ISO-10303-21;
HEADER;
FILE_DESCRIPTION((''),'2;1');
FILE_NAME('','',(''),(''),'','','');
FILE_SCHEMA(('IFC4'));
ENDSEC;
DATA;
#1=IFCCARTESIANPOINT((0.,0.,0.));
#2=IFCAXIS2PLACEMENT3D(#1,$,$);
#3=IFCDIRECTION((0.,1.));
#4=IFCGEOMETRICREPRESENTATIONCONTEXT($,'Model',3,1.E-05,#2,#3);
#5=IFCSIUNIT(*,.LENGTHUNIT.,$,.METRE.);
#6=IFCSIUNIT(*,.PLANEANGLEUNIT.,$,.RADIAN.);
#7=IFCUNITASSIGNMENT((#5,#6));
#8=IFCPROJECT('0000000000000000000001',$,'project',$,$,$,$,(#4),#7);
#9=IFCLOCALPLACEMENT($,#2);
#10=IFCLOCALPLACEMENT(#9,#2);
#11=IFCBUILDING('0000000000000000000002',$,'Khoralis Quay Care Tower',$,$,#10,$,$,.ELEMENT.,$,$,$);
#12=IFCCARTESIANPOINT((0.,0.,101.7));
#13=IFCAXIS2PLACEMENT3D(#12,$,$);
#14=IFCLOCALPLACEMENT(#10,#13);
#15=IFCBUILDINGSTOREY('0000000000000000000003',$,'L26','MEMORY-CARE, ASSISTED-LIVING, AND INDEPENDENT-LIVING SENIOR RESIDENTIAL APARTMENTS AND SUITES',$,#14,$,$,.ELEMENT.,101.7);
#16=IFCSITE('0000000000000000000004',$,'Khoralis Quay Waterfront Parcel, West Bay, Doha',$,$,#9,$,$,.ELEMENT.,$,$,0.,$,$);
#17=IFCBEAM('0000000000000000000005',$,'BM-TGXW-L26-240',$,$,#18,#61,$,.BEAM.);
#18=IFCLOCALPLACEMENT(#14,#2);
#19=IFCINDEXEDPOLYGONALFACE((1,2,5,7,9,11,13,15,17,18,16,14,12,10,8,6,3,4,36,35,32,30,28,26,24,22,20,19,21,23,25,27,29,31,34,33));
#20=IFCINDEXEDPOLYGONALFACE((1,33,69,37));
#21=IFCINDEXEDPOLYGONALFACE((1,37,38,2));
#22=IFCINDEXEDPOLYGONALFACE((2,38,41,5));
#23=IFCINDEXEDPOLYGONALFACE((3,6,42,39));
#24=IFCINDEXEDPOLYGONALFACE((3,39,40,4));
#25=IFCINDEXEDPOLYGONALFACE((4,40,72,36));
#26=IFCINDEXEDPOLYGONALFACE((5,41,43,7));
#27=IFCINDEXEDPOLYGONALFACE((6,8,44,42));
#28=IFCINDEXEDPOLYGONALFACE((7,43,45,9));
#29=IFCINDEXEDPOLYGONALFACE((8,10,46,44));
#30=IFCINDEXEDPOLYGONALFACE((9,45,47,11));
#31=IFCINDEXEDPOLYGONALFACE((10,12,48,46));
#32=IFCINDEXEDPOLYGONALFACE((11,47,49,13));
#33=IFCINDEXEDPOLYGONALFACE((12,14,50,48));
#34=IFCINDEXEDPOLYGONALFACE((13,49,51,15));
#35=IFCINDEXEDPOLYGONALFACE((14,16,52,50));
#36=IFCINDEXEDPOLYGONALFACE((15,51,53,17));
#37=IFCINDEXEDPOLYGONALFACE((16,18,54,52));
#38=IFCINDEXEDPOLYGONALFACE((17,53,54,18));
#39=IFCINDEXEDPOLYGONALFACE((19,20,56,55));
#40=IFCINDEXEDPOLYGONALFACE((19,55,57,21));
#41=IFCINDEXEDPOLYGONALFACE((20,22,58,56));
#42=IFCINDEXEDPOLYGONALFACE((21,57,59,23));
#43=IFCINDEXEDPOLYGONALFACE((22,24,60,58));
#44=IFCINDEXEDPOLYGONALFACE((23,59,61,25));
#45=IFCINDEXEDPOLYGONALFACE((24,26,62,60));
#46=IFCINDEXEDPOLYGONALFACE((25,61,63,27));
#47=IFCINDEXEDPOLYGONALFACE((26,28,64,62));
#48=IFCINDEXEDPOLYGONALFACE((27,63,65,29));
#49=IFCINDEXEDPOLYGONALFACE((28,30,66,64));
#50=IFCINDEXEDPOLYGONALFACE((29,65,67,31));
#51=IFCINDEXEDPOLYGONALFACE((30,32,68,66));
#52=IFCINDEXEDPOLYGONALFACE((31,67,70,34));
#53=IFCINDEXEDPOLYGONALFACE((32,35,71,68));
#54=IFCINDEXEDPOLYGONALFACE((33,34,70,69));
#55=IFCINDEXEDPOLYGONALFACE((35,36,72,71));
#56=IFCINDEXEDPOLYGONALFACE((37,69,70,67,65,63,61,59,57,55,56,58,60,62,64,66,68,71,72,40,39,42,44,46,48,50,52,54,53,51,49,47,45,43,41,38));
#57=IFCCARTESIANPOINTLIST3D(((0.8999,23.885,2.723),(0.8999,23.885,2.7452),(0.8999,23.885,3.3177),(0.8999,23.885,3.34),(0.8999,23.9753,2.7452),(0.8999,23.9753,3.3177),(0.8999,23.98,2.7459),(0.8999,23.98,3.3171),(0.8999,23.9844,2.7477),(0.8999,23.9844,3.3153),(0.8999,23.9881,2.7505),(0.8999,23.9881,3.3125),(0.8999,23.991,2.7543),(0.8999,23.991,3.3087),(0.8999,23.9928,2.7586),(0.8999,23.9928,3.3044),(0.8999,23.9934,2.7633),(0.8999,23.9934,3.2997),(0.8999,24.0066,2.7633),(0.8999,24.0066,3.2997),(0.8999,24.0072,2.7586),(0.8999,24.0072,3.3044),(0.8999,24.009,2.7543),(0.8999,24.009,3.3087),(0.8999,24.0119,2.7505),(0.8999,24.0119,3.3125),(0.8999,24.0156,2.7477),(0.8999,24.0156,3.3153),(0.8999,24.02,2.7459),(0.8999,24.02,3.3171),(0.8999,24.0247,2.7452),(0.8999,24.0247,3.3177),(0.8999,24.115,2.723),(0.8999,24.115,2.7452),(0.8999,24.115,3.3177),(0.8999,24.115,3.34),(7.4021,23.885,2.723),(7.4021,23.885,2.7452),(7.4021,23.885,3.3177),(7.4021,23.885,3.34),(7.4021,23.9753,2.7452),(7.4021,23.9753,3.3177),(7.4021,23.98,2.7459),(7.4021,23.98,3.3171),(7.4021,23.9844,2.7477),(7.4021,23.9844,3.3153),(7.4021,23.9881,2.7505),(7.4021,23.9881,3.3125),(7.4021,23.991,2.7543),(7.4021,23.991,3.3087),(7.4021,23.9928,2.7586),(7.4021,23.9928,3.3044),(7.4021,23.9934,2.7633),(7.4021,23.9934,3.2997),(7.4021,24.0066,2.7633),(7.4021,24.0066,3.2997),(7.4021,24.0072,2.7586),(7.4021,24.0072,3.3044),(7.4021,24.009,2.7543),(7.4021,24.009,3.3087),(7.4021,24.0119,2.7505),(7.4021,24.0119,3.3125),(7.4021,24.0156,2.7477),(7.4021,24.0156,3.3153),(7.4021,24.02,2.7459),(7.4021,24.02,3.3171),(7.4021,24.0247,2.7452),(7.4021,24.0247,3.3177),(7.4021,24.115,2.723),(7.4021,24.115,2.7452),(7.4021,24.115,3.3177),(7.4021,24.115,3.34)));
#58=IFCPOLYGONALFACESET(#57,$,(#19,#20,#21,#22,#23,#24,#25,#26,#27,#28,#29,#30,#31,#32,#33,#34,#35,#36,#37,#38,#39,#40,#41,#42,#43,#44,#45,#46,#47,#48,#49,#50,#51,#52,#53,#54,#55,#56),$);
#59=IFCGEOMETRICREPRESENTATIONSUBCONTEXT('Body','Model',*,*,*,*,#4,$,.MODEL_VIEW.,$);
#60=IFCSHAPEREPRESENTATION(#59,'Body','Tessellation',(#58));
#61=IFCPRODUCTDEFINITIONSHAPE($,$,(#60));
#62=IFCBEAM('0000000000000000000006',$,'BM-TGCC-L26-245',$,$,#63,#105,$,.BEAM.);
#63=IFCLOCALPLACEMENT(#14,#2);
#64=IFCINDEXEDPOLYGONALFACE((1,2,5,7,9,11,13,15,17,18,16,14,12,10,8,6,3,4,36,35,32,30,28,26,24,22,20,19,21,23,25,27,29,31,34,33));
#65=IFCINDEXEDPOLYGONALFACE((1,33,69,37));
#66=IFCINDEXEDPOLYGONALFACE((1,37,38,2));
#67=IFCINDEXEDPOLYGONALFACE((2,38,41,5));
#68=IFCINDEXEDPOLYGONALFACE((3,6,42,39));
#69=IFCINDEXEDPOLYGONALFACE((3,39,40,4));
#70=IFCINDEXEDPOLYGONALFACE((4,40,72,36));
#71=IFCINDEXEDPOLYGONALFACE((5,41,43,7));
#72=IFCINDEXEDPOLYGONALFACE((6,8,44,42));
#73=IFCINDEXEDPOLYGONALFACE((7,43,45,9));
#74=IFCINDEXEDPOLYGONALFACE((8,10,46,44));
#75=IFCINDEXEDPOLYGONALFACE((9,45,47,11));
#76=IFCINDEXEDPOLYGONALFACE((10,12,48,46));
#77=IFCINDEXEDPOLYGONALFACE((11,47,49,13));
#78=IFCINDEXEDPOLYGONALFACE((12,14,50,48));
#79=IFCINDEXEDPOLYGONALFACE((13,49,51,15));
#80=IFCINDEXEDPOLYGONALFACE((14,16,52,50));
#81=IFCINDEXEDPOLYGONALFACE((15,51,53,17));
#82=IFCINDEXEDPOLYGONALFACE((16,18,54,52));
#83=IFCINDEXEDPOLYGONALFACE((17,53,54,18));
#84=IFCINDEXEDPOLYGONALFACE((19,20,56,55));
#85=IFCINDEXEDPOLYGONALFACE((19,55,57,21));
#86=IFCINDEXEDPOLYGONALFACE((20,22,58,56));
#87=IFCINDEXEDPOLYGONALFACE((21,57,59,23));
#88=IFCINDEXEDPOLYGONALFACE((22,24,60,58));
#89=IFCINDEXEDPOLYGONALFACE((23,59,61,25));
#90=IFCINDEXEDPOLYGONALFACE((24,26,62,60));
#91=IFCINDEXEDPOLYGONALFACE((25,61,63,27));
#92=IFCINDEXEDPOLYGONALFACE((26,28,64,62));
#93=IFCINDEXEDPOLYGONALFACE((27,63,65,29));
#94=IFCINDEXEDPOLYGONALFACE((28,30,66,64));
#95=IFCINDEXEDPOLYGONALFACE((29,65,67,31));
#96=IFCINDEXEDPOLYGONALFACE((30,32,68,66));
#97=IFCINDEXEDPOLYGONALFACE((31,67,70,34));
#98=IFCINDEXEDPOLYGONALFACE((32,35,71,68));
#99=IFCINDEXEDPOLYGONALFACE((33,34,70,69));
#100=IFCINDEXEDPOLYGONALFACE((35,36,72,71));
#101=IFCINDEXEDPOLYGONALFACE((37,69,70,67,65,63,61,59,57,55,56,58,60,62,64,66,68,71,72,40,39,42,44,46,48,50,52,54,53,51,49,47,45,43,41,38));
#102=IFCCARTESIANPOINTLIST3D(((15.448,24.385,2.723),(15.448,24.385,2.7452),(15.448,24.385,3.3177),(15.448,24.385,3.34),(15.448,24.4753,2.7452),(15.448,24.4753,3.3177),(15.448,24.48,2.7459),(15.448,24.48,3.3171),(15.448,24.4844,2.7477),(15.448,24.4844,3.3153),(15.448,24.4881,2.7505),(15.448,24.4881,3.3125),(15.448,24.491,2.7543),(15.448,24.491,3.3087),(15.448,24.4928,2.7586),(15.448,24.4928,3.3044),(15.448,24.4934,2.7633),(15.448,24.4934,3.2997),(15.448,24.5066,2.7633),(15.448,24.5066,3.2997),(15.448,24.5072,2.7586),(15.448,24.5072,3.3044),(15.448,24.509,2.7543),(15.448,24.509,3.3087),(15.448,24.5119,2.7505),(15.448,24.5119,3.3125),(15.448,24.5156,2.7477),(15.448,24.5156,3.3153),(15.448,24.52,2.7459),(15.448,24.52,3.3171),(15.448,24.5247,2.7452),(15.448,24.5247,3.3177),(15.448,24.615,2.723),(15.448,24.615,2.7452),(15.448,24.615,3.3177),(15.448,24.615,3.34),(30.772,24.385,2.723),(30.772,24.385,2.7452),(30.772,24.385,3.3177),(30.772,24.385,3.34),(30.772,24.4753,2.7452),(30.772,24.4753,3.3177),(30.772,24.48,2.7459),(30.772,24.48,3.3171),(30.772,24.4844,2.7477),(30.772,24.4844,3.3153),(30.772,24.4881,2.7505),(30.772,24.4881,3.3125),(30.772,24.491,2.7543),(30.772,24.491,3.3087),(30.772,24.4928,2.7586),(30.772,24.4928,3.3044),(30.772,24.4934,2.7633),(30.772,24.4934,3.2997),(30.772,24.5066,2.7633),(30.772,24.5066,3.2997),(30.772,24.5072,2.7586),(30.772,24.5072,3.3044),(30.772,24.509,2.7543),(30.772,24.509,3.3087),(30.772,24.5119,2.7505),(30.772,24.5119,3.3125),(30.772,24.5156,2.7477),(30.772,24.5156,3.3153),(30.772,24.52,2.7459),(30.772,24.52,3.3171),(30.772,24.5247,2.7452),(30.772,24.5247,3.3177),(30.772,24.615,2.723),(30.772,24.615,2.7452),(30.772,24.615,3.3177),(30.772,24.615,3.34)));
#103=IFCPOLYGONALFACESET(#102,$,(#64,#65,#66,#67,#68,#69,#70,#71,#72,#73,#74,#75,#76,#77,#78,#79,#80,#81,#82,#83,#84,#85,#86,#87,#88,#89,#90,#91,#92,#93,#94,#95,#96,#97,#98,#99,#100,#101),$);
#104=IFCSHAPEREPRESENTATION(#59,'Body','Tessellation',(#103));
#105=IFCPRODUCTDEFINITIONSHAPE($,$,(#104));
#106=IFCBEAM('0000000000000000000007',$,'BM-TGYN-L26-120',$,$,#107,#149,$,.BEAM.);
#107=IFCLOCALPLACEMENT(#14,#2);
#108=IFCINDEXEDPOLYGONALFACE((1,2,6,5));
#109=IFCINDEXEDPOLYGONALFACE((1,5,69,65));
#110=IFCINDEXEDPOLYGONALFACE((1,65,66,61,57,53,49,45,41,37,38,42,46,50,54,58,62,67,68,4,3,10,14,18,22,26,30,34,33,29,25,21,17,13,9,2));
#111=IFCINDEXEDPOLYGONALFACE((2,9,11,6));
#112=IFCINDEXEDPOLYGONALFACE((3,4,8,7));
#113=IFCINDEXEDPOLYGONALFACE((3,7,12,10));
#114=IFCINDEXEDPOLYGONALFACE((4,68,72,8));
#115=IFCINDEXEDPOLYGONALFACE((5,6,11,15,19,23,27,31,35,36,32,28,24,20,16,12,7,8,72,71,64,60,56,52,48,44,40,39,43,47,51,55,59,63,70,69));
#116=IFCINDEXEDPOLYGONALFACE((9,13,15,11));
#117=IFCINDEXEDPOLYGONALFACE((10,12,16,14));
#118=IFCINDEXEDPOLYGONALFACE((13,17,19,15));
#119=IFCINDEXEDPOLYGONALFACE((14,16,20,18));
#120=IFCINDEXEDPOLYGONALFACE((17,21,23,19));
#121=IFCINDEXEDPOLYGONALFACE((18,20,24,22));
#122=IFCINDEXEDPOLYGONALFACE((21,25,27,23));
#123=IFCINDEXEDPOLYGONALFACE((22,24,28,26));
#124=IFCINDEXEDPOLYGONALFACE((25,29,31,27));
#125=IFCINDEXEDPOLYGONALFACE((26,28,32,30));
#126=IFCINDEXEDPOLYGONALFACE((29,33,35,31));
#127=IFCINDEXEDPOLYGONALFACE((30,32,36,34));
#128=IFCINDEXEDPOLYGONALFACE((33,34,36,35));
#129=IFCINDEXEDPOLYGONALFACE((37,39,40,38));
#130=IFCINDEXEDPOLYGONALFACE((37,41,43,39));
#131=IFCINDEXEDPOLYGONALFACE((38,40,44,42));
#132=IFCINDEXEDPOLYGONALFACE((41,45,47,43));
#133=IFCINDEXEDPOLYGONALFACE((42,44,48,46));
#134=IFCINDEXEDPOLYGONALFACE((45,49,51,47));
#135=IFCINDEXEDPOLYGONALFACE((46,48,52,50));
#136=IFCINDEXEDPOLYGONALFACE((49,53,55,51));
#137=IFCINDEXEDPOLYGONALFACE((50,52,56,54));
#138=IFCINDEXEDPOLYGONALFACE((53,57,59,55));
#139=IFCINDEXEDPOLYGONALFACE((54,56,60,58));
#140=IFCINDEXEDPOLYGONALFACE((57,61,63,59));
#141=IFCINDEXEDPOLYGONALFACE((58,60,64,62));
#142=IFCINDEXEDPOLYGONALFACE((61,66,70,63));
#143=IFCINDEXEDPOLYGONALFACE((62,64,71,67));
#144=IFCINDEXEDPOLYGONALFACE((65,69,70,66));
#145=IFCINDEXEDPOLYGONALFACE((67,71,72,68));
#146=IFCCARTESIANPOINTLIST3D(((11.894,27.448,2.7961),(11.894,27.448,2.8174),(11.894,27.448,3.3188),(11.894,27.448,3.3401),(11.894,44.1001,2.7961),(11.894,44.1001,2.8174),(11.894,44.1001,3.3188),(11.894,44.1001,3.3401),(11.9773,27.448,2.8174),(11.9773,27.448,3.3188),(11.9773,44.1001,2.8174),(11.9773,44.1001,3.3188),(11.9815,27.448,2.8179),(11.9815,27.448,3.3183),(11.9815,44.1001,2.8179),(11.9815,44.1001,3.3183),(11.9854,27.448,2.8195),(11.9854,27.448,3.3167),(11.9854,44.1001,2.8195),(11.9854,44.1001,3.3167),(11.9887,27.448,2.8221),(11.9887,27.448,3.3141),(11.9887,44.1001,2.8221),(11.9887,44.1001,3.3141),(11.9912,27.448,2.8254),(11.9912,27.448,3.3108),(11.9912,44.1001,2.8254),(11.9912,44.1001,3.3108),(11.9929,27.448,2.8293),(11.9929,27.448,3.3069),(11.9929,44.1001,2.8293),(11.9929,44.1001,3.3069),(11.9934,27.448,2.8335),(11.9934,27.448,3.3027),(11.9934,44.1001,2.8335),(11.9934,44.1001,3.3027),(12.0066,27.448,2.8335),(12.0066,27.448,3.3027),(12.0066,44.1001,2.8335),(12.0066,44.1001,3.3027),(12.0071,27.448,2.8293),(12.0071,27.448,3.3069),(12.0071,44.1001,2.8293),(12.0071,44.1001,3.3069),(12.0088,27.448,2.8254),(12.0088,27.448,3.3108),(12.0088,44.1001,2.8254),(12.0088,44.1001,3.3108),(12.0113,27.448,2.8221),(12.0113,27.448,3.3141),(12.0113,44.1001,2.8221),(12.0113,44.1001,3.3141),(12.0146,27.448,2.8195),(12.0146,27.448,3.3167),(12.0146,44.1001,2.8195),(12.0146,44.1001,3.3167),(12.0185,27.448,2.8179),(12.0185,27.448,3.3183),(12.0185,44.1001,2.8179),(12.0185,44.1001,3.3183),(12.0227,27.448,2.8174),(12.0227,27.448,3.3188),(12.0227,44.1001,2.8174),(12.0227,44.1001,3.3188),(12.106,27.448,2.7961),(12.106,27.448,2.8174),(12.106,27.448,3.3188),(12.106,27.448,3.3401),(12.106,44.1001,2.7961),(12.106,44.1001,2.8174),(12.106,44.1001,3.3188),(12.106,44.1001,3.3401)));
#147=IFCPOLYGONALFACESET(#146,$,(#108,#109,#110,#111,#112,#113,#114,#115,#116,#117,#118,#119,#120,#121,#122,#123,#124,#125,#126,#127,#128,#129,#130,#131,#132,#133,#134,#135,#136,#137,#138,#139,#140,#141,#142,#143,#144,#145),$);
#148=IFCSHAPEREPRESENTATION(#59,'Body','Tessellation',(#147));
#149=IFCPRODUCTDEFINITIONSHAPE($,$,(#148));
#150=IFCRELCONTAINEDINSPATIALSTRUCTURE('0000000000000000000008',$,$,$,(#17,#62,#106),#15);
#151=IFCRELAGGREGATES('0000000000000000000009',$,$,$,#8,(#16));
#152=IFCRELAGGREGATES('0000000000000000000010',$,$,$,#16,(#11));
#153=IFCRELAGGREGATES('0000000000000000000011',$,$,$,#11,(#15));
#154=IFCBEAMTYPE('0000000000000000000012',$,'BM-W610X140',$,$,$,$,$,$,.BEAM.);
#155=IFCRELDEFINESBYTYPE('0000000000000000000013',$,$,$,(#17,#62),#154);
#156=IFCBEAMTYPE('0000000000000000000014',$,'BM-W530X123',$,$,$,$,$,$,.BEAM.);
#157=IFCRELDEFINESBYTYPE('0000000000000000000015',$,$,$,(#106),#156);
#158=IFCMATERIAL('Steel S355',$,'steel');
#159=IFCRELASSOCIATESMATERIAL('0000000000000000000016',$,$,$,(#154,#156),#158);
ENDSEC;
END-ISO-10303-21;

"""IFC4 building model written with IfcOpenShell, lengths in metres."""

from ifc_helpers import new_model, si_unit, direction, frame, origin, origin_2d, place, context, subcontext, project, spatial, i_section, extrude, source, transform, mapped, material, material_profile, profile_set, type_object, element, save


model = new_model("IFC4")

# Units and contexts
model_context = context("Model", 3, precision=1e-05, world=origin(), true_north=direction((0.0, 1.0)))
body_context = subcontext(model_context, "Body", "Model", "MODEL_VIEW")
ifc_project = project(units=[si_unit("LENGTHUNIT", "METRE"), si_unit("PLANEANGLEUNIT", "RADIAN")], contexts=[model_context])

# Site, building, storey
site_placement = place(None, origin())
site = spatial("IfcSite", under=ifc_project, at=site_placement, Name="Khoralis Quay Waterfront Parcel, West Bay, Doha", CompositionType="ELEMENT", RefElevation=0.0)
building_placement = place(site_placement, origin())
building = spatial("IfcBuilding", under=site, at=building_placement, Name="Khoralis Quay Care Tower", CompositionType="ELEMENT")
storey_placement = place(building_placement, frame((0.0, 0.0, 101.7)))
storey = spatial("IfcBuildingStorey", under=building, at=storey_placement, Name="L26", Description="MEMORY-CARE, ASSISTED-LIVING, AND INDEPENDENT-LIVING SENIOR RESIDENTIAL APARTMENTS AND SUITES", CompositionType="ELEMENT", Elevation=101.7)

# Beams
ifc_material_1 = material(Name="Steel S355", Category="steel")
ifc_material_profile_1 = material_profile(ifc_material_1, i_section(OverallWidth=0.23, OverallDepth=0.6169, WebThickness=0.0132, FlangeThickness=0.0222, FilletRadius=0.0181, at=origin_2d()), Name="Steel S355")
ifc_profile_set_1 = profile_set([ifc_material_profile_1], Name="Steel S355")
beam_type_1 = type_object("IfcBeamType", Name="BM-W610X140", PredefinedType="BEAM", material=ifc_profile_set_1)
shared_shape_1 = source(origin(), body_context, "Body", "SweptSolid", [
    extrude(i_section(OverallWidth=0.23, OverallDepth=0.6169, WebThickness=0.0132, FlangeThickness=0.0222, FilletRadius=0.0181, at=origin_2d()), origin(), (0.0, 0.0, 1.0), 6.5022),
])
for number, where, z_axis, x_axis, name in (
    (1, (0.8999, 24.0, 3.0315), (1.0, 0.0, 0.0), (0.0, 1.0, 0.0), "BM-TGXW-L26-240"),
):
    element("IfcBeam", number, at=place(storey_placement, frame(where, z_axis=z_axis, x_axis=x_axis)), inside=storey, type_object=beam_type_1, Name=name, PredefinedType="BEAM", context=body_context, shape_type="MappedRepresentation", body=[
        mapped(shared_shape_1, transform((0.0, 0.0, 0.0), scale=1.0)),
    ])
shared_shape_2 = source(origin(), body_context, "Body", "SweptSolid", [
    extrude(i_section(OverallWidth=0.23, OverallDepth=0.6169, WebThickness=0.0132, FlangeThickness=0.0222, FilletRadius=0.0181, at=origin_2d()), origin(), (0.0, 0.0, 1.0), 15.324),
])
beam_1_placement = place(storey_placement, frame((15.448, 24.5, 3.0315), z_axis=(1.0, 0.0, 0.0), x_axis=(0.0, 1.0, 0.0)))
element("IfcBeam", 2, at=beam_1_placement, inside=storey, type_object=beam_type_1, Name="BM-TGCC-L26-245", PredefinedType="BEAM", context=body_context, shape_type="MappedRepresentation", body=[
    mapped(shared_shape_2, transform((0.0, 0.0, 0.0), scale=1.0)),
])
ifc_material_profile_2 = material_profile(ifc_material_1, i_section(OverallWidth=0.2119, OverallDepth=0.5439, WebThickness=0.0132, FlangeThickness=0.0212, FilletRadius=0.0161, at=origin_2d()), Name="Steel S355")
ifc_profile_set_2 = profile_set([ifc_material_profile_2], Name="Steel S355")
beam_type_2 = type_object("IfcBeamType", Name="BM-W530X123", PredefinedType="BEAM", material=ifc_profile_set_2)
shared_shape_3 = source(origin(), body_context, "Body", "SweptSolid", [
    extrude(i_section(OverallWidth=0.2119, OverallDepth=0.5439, WebThickness=0.0132, FlangeThickness=0.0212, FilletRadius=0.0161, at=origin_2d()), origin(), (0.0, 0.0, 1.0), 16.6521),
])
beam_2_placement = place(storey_placement, frame((12.0, 27.448, 3.0681), z_axis=(0.0, 1.0, 0.0), x_axis=(-1.0, 0.0, 0.0)))
element("IfcBeam", 3, at=beam_2_placement, inside=storey, type_object=beam_type_2, Name="BM-TGYN-L26-120", PredefinedType="BEAM", context=body_context, shape_type="MappedRepresentation", body=[
    mapped(shared_shape_3, transform((0.0, 0.0, 0.0), scale=1.0)),
])

save(model, "model.ifc")
